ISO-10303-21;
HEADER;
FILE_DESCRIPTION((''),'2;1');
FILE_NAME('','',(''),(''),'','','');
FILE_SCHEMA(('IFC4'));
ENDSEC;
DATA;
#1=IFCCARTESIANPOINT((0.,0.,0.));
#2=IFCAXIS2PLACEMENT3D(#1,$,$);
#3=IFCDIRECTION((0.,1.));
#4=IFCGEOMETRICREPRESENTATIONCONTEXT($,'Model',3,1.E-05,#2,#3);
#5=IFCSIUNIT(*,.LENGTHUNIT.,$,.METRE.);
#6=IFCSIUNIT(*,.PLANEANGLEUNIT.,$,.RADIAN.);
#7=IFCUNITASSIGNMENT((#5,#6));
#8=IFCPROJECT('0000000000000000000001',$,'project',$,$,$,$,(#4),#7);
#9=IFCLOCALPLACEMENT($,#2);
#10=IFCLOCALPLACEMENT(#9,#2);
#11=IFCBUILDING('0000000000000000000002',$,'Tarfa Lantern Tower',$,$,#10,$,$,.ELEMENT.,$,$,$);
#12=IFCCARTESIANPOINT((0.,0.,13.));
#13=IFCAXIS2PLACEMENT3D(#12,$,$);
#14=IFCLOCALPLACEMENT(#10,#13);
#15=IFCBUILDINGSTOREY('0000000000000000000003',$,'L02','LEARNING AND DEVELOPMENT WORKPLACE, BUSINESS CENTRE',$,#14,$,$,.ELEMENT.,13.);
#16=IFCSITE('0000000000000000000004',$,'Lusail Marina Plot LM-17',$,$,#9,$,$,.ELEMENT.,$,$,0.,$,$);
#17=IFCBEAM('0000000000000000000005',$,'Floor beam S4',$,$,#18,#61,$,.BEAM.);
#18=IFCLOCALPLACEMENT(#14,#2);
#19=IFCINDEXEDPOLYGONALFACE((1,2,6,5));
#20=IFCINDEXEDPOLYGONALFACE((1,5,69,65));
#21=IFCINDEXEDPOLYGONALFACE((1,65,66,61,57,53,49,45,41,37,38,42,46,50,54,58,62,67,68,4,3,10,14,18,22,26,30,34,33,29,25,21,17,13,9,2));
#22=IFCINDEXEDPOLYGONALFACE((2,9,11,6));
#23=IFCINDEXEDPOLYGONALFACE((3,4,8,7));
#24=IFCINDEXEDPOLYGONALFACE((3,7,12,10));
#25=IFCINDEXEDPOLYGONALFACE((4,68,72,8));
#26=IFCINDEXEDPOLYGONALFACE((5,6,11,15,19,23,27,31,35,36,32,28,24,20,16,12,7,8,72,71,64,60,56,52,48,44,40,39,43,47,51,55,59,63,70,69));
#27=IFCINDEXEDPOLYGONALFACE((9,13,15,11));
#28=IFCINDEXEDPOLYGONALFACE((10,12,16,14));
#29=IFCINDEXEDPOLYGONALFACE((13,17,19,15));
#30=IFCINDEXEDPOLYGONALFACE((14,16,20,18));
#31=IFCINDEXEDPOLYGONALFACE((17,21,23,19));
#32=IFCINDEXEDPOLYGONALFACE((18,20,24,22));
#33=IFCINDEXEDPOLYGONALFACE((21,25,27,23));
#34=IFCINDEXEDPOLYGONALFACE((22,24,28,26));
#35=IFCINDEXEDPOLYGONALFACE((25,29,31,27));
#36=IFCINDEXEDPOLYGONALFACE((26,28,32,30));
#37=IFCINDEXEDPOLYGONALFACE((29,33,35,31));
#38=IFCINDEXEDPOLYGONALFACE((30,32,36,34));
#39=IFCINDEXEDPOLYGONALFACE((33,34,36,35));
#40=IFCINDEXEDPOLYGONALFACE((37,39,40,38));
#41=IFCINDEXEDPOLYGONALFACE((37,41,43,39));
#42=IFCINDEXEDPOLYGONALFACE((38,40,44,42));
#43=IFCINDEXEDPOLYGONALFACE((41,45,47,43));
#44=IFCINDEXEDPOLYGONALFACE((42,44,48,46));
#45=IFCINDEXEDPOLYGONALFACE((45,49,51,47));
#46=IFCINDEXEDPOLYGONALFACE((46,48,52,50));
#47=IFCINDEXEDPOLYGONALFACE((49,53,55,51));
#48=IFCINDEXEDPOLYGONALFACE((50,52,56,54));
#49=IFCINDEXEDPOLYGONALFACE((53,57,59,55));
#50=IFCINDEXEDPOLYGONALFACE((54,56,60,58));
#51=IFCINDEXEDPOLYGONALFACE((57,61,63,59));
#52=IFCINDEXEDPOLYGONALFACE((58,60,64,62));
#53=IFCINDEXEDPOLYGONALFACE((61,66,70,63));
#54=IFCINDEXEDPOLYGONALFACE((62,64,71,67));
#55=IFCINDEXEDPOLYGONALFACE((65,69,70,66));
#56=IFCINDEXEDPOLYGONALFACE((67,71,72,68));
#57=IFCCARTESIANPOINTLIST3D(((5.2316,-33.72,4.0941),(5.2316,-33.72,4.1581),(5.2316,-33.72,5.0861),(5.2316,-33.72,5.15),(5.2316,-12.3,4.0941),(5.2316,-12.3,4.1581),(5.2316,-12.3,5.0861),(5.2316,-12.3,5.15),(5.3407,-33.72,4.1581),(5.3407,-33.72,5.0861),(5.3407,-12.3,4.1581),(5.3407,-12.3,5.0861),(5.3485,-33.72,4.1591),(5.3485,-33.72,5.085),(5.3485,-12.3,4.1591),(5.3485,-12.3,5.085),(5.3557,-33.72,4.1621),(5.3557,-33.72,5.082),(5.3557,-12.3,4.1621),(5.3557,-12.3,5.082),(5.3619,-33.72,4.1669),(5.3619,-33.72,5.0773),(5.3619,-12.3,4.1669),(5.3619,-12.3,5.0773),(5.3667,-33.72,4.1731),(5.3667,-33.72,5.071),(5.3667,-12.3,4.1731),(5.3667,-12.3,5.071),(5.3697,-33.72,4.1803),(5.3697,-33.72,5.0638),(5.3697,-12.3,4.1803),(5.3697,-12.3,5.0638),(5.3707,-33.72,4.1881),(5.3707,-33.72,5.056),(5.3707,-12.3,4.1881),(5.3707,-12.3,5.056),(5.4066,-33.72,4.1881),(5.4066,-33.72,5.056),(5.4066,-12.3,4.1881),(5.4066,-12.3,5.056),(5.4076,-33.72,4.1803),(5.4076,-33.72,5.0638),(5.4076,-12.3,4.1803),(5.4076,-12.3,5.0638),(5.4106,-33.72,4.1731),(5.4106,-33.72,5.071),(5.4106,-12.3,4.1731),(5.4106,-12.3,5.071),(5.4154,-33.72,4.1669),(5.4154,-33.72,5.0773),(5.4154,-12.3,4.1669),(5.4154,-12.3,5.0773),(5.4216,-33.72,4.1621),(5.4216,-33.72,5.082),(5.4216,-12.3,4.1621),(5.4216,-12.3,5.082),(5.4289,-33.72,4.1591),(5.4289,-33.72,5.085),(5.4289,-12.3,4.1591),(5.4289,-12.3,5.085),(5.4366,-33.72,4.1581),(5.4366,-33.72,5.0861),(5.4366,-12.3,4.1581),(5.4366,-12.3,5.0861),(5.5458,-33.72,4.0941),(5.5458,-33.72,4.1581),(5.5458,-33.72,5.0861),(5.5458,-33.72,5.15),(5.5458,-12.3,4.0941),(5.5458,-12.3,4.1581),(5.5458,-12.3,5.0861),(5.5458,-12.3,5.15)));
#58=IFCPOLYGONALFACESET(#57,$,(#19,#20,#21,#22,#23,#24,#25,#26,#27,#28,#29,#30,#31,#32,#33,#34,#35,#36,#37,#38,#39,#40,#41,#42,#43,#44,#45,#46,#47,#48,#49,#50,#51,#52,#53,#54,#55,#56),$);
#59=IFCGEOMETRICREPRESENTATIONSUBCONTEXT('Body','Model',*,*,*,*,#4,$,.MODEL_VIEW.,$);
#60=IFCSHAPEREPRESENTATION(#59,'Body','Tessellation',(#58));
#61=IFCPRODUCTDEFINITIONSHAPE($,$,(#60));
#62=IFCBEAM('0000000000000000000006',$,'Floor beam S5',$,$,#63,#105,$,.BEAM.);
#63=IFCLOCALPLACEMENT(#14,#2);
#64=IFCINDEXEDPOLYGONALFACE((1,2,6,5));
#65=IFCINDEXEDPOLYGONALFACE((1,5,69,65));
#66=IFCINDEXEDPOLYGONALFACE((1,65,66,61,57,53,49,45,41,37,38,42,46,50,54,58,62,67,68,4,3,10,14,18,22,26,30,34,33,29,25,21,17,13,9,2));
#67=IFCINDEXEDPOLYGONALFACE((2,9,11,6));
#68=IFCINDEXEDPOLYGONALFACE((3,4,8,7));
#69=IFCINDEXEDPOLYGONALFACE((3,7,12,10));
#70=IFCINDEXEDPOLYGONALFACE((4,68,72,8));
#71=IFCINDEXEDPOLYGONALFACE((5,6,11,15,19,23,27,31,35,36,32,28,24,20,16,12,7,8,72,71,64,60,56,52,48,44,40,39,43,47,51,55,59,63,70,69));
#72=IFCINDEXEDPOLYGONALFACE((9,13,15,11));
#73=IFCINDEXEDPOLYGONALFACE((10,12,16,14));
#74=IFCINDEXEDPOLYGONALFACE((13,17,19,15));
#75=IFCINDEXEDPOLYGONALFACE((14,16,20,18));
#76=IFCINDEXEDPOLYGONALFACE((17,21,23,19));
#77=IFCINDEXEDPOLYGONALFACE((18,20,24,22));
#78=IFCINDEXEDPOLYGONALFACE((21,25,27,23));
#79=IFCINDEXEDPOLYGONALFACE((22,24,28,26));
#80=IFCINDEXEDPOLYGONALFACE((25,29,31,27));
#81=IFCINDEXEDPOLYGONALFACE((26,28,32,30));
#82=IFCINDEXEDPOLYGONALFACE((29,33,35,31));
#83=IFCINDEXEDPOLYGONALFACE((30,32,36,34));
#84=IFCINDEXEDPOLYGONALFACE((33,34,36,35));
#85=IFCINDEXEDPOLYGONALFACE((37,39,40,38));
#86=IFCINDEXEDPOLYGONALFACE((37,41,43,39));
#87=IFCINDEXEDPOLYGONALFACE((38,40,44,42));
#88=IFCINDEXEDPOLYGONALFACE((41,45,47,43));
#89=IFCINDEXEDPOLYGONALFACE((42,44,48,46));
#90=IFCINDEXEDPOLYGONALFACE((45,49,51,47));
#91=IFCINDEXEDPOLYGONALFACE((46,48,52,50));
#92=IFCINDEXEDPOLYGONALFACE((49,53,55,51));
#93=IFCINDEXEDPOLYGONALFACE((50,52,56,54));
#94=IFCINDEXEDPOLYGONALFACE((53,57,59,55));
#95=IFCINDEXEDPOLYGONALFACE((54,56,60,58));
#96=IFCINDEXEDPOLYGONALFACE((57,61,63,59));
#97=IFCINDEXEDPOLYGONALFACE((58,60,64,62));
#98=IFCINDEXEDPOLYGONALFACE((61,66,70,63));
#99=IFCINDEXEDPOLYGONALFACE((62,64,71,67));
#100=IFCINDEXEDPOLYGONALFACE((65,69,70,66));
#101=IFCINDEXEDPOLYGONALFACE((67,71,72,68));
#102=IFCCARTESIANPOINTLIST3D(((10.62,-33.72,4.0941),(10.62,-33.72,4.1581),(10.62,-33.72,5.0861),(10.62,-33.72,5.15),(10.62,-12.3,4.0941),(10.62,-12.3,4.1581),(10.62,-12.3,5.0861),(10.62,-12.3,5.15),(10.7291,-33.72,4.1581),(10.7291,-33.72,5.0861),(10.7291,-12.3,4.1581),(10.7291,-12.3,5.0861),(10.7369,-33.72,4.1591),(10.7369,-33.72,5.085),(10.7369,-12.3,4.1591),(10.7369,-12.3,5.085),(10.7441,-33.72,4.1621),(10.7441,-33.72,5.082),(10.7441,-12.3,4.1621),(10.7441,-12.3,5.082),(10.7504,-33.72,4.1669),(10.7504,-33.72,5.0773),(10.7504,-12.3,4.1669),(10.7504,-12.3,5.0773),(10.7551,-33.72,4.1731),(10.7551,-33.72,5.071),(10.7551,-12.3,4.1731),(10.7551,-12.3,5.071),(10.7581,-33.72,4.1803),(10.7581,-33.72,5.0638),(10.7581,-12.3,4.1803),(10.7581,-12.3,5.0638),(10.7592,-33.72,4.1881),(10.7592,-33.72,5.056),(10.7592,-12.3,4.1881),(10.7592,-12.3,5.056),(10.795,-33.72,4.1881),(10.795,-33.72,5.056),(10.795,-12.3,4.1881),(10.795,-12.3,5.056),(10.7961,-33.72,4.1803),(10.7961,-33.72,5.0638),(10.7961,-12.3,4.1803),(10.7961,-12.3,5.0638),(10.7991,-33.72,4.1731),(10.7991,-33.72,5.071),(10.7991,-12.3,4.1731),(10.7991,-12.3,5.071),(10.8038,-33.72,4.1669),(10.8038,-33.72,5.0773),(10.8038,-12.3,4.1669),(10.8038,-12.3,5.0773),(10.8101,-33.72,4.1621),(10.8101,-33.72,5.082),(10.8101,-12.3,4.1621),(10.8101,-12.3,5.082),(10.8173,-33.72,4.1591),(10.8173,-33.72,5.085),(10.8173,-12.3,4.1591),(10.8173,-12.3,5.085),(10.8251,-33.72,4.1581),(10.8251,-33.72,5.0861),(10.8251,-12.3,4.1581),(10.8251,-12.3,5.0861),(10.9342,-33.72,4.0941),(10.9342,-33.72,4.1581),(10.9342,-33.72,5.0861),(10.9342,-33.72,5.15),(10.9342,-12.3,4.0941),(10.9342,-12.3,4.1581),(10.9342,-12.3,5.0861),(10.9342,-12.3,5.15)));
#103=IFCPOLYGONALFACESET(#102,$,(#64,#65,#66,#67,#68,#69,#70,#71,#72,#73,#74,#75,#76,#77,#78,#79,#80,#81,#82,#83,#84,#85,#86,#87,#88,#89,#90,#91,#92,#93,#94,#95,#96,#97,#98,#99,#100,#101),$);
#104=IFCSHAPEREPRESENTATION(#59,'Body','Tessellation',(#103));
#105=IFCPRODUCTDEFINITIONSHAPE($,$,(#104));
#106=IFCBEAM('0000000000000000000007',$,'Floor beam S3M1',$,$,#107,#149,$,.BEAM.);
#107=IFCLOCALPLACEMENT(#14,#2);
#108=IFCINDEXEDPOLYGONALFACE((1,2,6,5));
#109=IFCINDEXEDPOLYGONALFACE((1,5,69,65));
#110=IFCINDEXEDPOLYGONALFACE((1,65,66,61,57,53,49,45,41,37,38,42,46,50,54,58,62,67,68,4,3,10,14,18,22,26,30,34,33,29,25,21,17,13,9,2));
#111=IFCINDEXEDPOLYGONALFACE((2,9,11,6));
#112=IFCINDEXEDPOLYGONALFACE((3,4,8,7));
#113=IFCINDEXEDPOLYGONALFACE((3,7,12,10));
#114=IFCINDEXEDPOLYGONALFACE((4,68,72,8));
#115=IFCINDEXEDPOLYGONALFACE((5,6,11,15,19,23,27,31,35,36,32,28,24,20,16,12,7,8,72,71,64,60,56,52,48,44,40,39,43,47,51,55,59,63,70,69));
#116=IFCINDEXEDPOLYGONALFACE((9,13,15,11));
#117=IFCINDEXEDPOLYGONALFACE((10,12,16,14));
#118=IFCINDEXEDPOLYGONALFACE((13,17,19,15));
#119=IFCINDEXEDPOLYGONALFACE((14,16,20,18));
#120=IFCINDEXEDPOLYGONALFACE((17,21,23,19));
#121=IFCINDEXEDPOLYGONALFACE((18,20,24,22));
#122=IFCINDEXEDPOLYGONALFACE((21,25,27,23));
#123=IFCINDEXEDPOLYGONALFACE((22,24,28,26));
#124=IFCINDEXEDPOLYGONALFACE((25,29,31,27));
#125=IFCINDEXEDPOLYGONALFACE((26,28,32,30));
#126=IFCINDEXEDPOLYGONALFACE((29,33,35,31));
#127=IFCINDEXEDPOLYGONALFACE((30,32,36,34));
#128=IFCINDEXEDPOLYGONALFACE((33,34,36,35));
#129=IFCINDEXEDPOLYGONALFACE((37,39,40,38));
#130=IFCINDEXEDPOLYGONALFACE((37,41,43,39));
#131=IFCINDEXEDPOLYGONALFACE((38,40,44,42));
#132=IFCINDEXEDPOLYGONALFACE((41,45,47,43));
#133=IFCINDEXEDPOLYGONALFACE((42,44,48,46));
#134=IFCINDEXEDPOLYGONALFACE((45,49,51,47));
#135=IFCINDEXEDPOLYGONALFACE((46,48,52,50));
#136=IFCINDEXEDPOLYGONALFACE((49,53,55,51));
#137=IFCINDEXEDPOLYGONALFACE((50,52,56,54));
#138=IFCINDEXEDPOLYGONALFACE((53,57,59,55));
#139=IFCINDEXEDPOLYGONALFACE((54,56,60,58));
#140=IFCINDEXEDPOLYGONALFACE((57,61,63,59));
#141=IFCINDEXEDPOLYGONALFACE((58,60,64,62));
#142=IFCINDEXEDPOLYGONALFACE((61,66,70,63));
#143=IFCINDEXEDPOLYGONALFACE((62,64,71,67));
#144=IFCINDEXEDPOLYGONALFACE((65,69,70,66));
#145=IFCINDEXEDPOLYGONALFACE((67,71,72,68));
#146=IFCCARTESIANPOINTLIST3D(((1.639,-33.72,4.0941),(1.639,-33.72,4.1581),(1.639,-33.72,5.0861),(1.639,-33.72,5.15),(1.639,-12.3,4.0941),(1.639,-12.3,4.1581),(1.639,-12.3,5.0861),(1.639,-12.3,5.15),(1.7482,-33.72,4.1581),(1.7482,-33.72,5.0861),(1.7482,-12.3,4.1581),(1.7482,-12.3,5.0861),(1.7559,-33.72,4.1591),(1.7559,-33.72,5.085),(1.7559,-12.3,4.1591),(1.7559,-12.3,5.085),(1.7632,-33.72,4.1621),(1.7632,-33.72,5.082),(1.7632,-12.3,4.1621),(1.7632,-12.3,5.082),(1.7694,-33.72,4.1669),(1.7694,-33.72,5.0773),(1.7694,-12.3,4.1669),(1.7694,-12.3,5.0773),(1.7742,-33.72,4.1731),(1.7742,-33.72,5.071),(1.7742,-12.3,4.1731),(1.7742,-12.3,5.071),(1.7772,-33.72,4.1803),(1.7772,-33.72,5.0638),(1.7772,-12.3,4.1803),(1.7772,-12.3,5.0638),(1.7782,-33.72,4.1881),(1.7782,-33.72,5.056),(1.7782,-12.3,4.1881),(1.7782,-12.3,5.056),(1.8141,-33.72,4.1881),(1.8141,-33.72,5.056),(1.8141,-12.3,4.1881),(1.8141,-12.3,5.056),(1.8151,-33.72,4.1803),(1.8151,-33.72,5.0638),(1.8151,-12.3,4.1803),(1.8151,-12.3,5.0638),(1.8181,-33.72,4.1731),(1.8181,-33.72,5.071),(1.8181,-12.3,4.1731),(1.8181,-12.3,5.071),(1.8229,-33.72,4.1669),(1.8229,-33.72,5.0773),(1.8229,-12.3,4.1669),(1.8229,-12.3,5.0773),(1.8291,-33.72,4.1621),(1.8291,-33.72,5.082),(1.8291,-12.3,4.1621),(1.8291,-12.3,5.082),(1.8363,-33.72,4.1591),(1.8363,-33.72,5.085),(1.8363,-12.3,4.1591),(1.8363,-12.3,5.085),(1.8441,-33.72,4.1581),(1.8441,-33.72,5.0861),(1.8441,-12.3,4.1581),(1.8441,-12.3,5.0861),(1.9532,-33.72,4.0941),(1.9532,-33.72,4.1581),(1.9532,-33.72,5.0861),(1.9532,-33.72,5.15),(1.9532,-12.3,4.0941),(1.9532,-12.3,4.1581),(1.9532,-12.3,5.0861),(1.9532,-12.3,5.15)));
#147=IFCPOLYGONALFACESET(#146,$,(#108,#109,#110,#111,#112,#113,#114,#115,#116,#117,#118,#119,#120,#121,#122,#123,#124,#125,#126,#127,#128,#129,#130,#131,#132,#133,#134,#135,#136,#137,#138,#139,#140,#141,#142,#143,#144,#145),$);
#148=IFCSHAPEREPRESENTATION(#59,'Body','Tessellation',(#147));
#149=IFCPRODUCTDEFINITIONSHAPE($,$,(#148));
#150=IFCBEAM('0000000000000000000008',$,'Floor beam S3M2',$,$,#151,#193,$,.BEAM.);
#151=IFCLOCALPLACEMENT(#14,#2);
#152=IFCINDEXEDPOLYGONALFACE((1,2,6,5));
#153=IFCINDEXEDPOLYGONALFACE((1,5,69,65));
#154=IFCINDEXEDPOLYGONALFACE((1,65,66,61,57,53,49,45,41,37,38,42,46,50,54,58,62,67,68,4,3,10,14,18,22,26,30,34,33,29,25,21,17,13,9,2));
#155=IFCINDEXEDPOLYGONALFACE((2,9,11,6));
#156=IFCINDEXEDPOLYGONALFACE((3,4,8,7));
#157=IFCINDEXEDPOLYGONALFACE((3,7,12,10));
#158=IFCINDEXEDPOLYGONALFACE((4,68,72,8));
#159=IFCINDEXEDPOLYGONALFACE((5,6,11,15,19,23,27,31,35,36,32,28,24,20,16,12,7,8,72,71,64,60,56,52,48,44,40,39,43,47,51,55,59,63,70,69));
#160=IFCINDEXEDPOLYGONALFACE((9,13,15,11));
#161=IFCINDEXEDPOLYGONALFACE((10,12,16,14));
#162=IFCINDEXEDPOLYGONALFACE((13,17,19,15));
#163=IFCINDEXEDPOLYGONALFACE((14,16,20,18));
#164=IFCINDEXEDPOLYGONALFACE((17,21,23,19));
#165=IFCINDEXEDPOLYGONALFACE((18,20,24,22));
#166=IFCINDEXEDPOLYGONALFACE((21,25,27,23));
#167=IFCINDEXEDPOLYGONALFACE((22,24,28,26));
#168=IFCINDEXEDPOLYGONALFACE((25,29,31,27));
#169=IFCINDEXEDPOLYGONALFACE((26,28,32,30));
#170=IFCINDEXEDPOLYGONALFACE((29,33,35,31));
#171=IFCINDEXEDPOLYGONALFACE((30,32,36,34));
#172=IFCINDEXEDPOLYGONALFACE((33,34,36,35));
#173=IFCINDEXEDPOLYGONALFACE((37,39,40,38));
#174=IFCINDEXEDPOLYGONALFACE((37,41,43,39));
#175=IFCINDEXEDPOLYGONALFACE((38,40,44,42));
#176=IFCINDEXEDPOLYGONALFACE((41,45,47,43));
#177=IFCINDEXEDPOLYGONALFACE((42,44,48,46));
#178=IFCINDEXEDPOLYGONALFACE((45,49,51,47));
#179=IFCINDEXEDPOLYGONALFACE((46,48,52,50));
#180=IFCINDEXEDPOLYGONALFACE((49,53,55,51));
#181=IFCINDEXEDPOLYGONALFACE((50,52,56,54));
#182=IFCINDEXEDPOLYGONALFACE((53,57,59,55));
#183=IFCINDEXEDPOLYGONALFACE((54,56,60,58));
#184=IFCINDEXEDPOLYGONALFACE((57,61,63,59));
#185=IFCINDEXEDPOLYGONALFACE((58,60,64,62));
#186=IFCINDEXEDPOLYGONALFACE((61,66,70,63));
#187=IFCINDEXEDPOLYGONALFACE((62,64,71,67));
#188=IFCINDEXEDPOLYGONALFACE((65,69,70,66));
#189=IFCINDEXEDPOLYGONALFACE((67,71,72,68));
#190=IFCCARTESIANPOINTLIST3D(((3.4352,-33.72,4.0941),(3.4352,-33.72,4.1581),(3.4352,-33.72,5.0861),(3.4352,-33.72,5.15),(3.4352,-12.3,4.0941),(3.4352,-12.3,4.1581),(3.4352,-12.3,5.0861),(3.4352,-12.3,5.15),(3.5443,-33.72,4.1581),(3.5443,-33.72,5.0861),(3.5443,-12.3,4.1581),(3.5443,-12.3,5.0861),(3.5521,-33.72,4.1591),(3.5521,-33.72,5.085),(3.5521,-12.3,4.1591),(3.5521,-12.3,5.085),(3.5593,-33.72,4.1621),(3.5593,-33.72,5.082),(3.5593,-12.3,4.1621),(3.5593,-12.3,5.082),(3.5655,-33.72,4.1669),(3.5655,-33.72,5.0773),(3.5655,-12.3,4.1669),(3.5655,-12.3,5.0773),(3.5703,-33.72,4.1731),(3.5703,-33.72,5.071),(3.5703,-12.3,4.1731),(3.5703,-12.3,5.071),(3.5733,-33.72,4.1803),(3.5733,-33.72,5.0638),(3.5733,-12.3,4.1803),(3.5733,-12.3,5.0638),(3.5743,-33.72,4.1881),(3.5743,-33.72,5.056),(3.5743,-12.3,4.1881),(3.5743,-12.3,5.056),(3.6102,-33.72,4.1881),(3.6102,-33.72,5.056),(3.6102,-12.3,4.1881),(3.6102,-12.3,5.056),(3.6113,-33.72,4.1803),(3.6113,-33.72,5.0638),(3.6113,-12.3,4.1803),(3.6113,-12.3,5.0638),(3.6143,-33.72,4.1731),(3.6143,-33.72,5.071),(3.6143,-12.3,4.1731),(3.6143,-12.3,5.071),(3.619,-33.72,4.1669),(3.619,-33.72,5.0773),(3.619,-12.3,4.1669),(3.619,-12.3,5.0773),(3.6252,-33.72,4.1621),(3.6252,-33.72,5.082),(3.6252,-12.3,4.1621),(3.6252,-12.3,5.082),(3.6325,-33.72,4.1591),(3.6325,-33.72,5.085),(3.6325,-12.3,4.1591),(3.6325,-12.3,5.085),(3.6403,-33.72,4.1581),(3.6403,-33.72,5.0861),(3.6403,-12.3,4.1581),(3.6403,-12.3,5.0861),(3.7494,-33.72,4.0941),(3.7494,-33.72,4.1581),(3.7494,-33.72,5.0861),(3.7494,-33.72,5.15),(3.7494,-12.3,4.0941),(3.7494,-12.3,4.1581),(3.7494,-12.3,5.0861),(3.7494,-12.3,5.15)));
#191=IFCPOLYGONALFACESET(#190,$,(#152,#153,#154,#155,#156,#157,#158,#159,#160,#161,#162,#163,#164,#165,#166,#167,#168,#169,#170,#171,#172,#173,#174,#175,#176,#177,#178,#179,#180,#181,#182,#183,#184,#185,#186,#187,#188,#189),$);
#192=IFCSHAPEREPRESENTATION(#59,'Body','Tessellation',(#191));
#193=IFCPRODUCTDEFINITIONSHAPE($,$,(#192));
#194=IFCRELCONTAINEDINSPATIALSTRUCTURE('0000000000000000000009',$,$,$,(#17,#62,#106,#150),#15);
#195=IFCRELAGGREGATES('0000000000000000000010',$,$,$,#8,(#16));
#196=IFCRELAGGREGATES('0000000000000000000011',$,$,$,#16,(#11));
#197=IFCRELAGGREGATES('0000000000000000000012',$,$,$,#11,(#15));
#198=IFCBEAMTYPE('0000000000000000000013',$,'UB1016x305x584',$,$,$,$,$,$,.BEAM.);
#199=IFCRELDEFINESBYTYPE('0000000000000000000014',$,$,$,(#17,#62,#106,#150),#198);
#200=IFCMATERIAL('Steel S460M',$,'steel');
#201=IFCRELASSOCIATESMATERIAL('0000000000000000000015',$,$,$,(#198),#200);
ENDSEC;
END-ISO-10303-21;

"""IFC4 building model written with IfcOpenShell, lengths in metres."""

from ifc_helpers import new_model, si_unit, direction, frame, origin, origin_2d, place, context, subcontext, project, spatial, i_section, extrude, material, material_profile, profile_set, type_object, element, save


model = new_model("IFC4")

# Units and contexts
model_context = context("Model", 3, precision=1e-05, world=origin(), true_north=direction((0.0, 1.0)))
body_context = subcontext(model_context, "Body", "Model", "MODEL_VIEW")
ifc_project = project(units=[si_unit("LENGTHUNIT", "METRE"), si_unit("PLANEANGLEUNIT", "RADIAN")], contexts=[model_context])

# Site, building, storey
site_placement = place(None, origin())
site = spatial("IfcSite", under=ifc_project, at=site_placement, Name="Lusail Marina Plot LM-17", CompositionType="ELEMENT", RefElevation=0.0)
building_placement = place(site_placement, origin())
building = spatial("IfcBuilding", under=site, at=building_placement, Name="Tarfa Lantern Tower", CompositionType="ELEMENT")
storey_placement = place(building_placement, frame((0.0, 0.0, 13.0)))
storey = spatial("IfcBuildingStorey", under=building, at=storey_placement, Name="L02", Description="LEARNING AND DEVELOPMENT WORKPLACE, BUSINESS CENTRE", CompositionType="ELEMENT", Elevation=13.0)

# Beams
ifc_material_1 = material(Name="Steel S460M", Category="steel")
ifc_material_profile_1 = material_profile(ifc_material_1, i_section(OverallWidth=0.3142, OverallDepth=1.0559, WebThickness=0.0359, FlangeThickness=0.064, FilletRadius=0.03, at=origin_2d()), Name="UB1016x305x584")
ifc_profile_set_1 = profile_set([ifc_material_profile_1], Name="Steel S460M")
beam_type_1 = type_object("IfcBeamType", Name="UB1016x305x584", PredefinedType="BEAM", material=ifc_profile_set_1)
for number, where, z_axis, x_axis, name in (
    (1, (5.3887, -33.72, 4.6221), (0.0, 1.0, 0.0), (-1.0, 0.0, 0.0), "Floor beam S4"),
    (2, (10.7771, -33.72, 4.6221), (0.0, 1.0, 0.0), (-1.0, 0.0, 0.0), "Floor beam S5"),
    (3, (1.7961, -33.72, 4.6221), (0.0, 1.0, 0.0), (-1.0, 0.0, 0.0), "Floor beam S3M1"),
    (4, (3.5923, -33.72, 4.6221), (0.0, 1.0, 0.0), (-1.0, 0.0, 0.0), "Floor beam S3M2"),
):
    element("IfcBeam", number, at=place(storey_placement, frame(where, z_axis=z_axis, x_axis=x_axis)), inside=storey, type_object=beam_type_1, Name=name, PredefinedType="BEAM", context=body_context, shape_type="SweptSolid", body=[
        extrude(i_section(OverallWidth=0.3142, OverallDepth=1.0559, WebThickness=0.0359, FlangeThickness=0.064, FilletRadius=0.03, at=origin_2d()), origin(), (0.0, 0.0, 1.0), 21.4199),
    ])

save(model, "model.ifc")
